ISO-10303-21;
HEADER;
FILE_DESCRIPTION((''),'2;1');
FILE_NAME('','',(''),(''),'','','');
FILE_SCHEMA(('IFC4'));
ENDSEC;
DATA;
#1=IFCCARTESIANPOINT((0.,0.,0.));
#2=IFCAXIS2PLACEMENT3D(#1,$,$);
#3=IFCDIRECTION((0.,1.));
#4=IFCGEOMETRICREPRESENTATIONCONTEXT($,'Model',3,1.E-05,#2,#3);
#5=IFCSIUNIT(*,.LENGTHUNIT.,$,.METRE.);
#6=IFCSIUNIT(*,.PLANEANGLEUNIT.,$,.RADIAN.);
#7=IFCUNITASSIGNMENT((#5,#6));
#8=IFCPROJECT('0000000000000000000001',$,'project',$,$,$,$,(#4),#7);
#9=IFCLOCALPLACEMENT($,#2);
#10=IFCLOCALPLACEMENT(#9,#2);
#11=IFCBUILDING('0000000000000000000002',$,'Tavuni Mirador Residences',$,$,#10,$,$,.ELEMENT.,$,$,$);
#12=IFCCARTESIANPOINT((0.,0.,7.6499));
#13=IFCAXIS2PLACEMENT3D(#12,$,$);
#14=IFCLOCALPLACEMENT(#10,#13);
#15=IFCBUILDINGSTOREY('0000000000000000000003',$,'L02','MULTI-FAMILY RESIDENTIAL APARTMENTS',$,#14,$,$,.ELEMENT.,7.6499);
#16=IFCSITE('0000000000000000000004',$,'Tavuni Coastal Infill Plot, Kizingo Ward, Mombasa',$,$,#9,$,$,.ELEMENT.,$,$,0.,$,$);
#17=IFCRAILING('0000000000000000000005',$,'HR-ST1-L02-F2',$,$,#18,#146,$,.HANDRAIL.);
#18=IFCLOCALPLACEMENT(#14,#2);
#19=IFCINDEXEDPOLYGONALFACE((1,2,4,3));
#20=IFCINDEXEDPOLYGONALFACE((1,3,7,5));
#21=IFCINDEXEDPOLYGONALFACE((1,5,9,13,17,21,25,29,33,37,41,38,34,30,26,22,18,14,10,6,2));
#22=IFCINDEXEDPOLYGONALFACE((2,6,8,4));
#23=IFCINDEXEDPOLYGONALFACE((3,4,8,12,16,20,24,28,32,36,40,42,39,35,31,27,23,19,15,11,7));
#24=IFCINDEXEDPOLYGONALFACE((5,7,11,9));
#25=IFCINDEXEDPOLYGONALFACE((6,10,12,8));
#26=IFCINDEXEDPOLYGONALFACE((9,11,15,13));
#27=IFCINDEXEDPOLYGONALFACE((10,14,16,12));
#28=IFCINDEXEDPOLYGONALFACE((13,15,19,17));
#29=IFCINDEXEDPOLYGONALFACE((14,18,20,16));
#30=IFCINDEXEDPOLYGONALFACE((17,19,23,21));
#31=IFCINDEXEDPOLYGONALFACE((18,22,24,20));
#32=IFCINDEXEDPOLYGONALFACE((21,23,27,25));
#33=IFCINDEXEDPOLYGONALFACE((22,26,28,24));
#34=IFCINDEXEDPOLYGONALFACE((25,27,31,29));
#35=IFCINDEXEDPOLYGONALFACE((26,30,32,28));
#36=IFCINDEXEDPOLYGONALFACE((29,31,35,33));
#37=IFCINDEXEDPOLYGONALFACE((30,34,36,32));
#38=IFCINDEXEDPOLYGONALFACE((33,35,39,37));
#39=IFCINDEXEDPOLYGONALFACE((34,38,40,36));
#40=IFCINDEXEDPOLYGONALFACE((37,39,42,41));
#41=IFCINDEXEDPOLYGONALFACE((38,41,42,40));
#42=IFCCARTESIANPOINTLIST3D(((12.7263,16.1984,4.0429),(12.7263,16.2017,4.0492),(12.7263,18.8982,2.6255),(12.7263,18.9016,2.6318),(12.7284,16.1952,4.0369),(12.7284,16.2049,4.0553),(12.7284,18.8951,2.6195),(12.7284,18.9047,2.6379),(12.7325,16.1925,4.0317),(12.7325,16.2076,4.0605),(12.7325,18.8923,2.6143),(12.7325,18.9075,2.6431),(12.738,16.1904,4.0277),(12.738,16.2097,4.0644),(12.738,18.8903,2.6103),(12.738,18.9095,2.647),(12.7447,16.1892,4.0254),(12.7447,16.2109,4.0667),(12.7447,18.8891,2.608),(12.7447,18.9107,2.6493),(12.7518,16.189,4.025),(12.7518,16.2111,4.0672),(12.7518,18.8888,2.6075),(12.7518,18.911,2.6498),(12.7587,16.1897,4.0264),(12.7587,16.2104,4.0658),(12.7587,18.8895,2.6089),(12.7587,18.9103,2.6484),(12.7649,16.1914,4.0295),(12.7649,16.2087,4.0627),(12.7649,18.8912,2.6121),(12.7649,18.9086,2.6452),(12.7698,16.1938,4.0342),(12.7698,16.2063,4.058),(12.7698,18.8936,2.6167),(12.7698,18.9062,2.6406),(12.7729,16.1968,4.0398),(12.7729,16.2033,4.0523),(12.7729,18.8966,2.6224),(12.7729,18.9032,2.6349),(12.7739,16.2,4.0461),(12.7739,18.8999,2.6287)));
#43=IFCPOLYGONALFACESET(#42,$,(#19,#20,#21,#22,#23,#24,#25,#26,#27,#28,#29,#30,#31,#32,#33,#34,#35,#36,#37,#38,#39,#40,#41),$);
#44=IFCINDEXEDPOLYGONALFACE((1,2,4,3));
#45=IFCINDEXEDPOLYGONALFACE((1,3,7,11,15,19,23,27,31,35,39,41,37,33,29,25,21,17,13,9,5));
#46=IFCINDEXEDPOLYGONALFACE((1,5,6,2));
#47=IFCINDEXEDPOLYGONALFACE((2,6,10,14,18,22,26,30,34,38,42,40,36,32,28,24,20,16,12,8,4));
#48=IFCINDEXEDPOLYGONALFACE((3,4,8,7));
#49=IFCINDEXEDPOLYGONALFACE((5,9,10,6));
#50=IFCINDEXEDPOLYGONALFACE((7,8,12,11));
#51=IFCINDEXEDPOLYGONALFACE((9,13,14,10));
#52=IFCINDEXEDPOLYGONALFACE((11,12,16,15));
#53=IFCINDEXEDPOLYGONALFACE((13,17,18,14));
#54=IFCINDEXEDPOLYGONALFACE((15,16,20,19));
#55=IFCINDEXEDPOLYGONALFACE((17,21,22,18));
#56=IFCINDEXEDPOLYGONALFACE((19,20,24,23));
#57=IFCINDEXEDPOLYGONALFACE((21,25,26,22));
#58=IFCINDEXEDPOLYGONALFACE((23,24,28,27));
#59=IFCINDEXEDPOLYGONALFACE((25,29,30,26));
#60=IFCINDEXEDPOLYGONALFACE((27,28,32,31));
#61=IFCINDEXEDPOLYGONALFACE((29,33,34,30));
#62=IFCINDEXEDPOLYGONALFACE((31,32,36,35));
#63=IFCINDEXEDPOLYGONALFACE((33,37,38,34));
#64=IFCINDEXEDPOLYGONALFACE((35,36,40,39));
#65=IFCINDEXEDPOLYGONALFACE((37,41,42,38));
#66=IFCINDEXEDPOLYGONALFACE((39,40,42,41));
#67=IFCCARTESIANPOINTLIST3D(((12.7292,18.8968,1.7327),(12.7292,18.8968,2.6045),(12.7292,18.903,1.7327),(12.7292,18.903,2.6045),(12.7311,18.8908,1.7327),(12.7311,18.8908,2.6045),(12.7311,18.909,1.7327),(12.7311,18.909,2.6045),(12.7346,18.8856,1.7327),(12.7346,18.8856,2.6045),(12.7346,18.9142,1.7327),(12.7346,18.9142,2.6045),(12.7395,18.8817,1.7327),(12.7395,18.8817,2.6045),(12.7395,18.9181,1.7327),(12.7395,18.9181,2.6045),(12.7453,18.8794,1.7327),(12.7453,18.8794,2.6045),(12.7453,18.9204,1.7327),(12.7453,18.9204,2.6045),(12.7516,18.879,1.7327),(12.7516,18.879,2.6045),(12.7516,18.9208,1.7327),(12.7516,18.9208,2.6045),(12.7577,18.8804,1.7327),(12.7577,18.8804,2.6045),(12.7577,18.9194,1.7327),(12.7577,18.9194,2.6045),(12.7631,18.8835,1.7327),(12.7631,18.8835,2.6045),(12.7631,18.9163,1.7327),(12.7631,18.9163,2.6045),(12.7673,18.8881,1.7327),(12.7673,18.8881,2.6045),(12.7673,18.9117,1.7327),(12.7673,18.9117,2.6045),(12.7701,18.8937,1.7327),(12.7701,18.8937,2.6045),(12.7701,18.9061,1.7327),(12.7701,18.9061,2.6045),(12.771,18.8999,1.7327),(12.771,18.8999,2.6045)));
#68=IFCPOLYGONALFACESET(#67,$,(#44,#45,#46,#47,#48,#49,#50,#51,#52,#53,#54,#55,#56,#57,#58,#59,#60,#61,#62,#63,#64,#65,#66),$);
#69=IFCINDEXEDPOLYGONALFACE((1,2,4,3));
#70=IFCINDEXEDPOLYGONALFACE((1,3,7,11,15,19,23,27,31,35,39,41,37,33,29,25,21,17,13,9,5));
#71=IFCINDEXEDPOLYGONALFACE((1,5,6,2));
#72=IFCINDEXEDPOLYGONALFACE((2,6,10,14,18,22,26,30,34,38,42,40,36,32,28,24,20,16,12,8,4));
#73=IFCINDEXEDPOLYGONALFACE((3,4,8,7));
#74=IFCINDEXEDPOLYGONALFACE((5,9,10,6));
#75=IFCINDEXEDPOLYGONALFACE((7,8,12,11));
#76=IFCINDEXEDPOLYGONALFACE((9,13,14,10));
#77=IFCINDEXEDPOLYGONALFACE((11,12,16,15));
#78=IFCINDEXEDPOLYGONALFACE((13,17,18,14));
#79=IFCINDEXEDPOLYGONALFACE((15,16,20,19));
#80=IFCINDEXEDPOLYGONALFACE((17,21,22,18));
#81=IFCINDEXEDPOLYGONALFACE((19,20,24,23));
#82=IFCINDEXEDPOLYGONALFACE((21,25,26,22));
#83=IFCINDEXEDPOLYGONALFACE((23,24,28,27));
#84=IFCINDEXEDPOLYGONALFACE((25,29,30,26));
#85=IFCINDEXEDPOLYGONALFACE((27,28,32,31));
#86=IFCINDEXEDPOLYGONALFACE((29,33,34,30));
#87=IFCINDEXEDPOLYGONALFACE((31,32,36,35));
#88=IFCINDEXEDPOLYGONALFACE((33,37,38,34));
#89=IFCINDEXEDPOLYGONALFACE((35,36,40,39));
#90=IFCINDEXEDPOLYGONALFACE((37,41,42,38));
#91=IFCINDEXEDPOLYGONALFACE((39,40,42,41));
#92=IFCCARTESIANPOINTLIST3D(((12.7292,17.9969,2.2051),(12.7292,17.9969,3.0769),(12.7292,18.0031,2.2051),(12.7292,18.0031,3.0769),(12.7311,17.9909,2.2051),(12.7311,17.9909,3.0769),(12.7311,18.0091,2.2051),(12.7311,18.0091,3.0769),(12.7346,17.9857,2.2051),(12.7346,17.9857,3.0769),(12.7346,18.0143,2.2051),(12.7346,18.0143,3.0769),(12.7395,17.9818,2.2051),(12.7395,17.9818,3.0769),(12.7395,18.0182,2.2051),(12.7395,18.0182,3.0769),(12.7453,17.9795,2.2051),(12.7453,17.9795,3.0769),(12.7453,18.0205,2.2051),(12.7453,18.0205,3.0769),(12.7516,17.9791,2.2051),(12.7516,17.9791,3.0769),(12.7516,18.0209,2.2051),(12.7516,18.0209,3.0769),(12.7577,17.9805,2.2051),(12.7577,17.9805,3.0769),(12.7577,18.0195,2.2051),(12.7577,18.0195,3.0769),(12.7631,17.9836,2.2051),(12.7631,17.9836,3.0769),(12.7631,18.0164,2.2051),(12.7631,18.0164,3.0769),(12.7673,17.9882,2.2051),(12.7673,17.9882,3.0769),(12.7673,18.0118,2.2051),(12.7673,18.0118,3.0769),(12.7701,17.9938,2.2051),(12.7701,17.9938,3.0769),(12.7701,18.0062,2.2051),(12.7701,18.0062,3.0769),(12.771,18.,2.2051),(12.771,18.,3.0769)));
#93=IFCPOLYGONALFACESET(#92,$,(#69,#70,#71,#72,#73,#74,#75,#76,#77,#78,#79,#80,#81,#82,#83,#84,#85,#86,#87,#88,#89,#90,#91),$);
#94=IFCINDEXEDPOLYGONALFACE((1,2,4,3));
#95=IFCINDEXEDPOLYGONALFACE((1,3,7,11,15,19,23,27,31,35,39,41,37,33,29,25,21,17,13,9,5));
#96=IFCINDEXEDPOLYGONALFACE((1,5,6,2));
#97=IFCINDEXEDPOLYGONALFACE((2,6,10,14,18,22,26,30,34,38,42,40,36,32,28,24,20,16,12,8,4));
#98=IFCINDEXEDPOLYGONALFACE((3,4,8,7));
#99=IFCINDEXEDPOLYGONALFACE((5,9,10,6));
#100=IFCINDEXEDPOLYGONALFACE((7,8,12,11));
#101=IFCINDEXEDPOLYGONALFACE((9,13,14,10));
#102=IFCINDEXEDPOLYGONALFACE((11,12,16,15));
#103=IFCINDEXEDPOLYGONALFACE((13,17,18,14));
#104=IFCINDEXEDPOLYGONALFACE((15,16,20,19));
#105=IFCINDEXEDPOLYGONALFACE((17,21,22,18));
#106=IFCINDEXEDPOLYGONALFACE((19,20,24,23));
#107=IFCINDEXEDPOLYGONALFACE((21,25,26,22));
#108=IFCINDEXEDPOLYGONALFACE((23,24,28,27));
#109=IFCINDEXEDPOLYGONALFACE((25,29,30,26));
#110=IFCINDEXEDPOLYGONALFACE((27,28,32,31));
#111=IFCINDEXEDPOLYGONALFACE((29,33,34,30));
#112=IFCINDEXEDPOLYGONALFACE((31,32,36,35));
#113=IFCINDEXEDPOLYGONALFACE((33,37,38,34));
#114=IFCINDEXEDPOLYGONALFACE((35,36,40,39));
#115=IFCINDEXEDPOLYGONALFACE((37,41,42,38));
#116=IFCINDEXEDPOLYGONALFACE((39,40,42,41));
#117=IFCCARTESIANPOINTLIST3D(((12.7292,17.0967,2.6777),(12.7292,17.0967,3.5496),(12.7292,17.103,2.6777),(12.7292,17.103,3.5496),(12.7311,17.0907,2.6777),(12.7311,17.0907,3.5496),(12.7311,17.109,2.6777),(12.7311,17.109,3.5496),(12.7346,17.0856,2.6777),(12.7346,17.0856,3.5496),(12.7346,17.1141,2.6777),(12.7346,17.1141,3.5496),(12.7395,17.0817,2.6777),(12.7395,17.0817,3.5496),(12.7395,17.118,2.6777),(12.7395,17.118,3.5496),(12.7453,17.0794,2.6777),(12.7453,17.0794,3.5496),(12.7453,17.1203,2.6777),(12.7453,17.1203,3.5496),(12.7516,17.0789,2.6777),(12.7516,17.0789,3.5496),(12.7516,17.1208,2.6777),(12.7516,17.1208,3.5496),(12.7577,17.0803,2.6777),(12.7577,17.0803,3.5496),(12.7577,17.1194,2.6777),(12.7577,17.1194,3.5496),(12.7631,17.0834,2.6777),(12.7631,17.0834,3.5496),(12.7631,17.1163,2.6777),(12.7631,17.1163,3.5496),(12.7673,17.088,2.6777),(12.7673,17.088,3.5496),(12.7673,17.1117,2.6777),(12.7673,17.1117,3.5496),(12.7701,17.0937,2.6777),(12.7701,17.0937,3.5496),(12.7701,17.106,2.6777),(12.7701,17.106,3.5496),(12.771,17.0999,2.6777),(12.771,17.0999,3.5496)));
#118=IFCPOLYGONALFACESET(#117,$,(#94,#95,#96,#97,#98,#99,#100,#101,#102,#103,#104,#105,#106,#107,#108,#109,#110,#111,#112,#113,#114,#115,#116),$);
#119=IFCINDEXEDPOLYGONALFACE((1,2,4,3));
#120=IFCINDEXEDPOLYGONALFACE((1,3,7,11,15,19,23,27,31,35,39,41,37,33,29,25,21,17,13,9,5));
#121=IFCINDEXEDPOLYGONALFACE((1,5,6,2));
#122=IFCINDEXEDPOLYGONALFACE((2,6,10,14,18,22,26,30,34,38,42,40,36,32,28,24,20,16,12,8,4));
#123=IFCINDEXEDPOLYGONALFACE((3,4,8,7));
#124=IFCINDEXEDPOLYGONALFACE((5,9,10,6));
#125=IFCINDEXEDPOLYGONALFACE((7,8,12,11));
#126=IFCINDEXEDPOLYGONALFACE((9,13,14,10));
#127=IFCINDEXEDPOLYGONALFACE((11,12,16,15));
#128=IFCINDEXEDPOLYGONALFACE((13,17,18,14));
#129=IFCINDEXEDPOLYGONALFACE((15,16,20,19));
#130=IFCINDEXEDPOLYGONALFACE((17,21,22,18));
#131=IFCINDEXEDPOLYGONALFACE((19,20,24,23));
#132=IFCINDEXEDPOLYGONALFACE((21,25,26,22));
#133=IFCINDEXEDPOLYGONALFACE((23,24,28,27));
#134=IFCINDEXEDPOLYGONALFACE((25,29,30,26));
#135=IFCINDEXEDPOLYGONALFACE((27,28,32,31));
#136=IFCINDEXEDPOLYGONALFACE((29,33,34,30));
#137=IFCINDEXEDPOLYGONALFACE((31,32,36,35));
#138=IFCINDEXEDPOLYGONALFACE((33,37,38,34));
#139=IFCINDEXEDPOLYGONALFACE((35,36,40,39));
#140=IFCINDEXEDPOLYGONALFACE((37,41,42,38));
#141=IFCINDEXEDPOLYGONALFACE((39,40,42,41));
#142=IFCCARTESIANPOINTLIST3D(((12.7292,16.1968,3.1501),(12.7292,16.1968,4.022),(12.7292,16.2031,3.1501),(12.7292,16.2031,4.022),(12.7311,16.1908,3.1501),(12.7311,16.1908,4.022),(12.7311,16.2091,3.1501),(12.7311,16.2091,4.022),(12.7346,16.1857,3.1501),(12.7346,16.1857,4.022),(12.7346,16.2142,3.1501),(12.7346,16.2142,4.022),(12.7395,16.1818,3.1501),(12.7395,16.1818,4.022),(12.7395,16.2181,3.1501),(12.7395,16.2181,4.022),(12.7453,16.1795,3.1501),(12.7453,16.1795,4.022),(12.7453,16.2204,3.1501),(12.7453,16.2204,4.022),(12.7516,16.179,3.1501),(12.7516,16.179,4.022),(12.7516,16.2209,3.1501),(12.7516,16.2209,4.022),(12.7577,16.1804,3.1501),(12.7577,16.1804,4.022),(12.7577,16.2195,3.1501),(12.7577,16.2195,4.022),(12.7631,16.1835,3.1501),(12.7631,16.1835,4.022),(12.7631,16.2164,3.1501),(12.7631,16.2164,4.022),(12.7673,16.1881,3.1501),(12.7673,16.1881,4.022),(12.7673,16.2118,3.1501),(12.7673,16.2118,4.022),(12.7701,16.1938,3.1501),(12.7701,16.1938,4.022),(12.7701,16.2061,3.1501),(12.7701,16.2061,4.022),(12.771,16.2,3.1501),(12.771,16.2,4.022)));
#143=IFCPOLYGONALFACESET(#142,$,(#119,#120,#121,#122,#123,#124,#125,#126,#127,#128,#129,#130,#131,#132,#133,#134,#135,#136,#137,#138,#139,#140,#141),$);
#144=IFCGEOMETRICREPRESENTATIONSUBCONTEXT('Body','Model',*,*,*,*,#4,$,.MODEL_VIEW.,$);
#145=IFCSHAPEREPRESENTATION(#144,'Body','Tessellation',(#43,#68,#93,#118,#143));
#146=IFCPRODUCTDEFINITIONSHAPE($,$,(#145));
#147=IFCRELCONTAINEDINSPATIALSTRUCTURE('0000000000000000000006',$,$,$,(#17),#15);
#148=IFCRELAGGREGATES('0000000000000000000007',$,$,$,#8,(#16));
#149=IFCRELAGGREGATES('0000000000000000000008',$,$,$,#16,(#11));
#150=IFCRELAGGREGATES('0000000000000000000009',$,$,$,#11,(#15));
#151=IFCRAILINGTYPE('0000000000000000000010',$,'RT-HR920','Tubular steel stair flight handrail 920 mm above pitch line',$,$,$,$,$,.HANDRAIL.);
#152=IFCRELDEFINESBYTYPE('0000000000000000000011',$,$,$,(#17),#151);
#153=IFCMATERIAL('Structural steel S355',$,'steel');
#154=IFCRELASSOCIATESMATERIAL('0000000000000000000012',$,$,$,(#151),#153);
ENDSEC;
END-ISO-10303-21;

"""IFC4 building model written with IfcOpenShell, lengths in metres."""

from ifc_helpers import new_model, si_unit, direction, frame, origin, origin_2d, place, context, subcontext, project, spatial, circle, extrude, material, type_object, element, save


model = new_model("IFC4")

# Units and contexts
model_context = context("Model", 3, precision=1e-05, world=origin(), true_north=direction((0.0, 1.0)))
body_context = subcontext(model_context, "Body", "Model", "MODEL_VIEW")
ifc_project = project(units=[si_unit("LENGTHUNIT", "METRE"), si_unit("PLANEANGLEUNIT", "RADIAN")], contexts=[model_context])

# Site, building, storey
site_placement = place(None, origin())
site = spatial("IfcSite", under=ifc_project, at=site_placement, Name="Tavuni Coastal Infill Plot, Kizingo Ward, Mombasa", CompositionType="ELEMENT", RefElevation=0.0)
building_placement = place(site_placement, origin())
building = spatial("IfcBuilding", under=site, at=building_placement, Name="Tavuni Mirador Residences", CompositionType="ELEMENT")
storey_placement = place(building_placement, frame((0.0, 0.0, 7.6499)))
storey = spatial("IfcBuildingStorey", under=building, at=storey_placement, Name="L02", Description="MULTI-FAMILY RESIDENTIAL APARTMENTS", CompositionType="ELEMENT", Elevation=7.6499)

# Shared definitions
ifc_material_1 = material(Name="Structural steel S355", Category="steel")

# Railing
railing_type_1 = type_object("IfcRailingType", Name="RT-HR920", Description="Tubular steel stair flight handrail 920 mm above pitch line", PredefinedType="HANDRAIL", material=ifc_material_1)
railing_1_placement = place(storey_placement, frame((12.75, 18.8999, 1.7327)))
element("IfcRailing", 1, at=railing_1_placement, inside=storey, type_object=railing_type_1, Name="HR-ST1-L02-F2", PredefinedType="HANDRAIL", context=body_context, shape_type="SweptSolid", body=[
    extrude(circle(Radius=0.0239, at=origin_2d()), frame((0.0, 0.0, 0.896), z_axis=(0.0, -0.885397, 0.464835), x_axis=(1.0, 0.0, 0.0)), (0.0, 0.0, 1.0), 3.0493),
    extrude(circle(Radius=0.021, at=origin_2d()), origin(), (0.0, 0.0, 1.0), 0.8718),
    extrude(circle(Radius=0.021, at=origin_2d()), frame((0.0, -0.8999, 0.4724)), (0.0, 0.0, 1.0), 0.8718),
    extrude(circle(Radius=0.021, at=origin_2d()), frame((0.0, -1.8, 0.9451)), (0.0, 0.0, 1.0), 0.8718),
    extrude(circle(Radius=0.021, at=origin_2d()), frame((0.0, -2.7, 1.4175)), (0.0, 0.0, 1.0), 0.8718),
])

save(model, "model.ifc")
